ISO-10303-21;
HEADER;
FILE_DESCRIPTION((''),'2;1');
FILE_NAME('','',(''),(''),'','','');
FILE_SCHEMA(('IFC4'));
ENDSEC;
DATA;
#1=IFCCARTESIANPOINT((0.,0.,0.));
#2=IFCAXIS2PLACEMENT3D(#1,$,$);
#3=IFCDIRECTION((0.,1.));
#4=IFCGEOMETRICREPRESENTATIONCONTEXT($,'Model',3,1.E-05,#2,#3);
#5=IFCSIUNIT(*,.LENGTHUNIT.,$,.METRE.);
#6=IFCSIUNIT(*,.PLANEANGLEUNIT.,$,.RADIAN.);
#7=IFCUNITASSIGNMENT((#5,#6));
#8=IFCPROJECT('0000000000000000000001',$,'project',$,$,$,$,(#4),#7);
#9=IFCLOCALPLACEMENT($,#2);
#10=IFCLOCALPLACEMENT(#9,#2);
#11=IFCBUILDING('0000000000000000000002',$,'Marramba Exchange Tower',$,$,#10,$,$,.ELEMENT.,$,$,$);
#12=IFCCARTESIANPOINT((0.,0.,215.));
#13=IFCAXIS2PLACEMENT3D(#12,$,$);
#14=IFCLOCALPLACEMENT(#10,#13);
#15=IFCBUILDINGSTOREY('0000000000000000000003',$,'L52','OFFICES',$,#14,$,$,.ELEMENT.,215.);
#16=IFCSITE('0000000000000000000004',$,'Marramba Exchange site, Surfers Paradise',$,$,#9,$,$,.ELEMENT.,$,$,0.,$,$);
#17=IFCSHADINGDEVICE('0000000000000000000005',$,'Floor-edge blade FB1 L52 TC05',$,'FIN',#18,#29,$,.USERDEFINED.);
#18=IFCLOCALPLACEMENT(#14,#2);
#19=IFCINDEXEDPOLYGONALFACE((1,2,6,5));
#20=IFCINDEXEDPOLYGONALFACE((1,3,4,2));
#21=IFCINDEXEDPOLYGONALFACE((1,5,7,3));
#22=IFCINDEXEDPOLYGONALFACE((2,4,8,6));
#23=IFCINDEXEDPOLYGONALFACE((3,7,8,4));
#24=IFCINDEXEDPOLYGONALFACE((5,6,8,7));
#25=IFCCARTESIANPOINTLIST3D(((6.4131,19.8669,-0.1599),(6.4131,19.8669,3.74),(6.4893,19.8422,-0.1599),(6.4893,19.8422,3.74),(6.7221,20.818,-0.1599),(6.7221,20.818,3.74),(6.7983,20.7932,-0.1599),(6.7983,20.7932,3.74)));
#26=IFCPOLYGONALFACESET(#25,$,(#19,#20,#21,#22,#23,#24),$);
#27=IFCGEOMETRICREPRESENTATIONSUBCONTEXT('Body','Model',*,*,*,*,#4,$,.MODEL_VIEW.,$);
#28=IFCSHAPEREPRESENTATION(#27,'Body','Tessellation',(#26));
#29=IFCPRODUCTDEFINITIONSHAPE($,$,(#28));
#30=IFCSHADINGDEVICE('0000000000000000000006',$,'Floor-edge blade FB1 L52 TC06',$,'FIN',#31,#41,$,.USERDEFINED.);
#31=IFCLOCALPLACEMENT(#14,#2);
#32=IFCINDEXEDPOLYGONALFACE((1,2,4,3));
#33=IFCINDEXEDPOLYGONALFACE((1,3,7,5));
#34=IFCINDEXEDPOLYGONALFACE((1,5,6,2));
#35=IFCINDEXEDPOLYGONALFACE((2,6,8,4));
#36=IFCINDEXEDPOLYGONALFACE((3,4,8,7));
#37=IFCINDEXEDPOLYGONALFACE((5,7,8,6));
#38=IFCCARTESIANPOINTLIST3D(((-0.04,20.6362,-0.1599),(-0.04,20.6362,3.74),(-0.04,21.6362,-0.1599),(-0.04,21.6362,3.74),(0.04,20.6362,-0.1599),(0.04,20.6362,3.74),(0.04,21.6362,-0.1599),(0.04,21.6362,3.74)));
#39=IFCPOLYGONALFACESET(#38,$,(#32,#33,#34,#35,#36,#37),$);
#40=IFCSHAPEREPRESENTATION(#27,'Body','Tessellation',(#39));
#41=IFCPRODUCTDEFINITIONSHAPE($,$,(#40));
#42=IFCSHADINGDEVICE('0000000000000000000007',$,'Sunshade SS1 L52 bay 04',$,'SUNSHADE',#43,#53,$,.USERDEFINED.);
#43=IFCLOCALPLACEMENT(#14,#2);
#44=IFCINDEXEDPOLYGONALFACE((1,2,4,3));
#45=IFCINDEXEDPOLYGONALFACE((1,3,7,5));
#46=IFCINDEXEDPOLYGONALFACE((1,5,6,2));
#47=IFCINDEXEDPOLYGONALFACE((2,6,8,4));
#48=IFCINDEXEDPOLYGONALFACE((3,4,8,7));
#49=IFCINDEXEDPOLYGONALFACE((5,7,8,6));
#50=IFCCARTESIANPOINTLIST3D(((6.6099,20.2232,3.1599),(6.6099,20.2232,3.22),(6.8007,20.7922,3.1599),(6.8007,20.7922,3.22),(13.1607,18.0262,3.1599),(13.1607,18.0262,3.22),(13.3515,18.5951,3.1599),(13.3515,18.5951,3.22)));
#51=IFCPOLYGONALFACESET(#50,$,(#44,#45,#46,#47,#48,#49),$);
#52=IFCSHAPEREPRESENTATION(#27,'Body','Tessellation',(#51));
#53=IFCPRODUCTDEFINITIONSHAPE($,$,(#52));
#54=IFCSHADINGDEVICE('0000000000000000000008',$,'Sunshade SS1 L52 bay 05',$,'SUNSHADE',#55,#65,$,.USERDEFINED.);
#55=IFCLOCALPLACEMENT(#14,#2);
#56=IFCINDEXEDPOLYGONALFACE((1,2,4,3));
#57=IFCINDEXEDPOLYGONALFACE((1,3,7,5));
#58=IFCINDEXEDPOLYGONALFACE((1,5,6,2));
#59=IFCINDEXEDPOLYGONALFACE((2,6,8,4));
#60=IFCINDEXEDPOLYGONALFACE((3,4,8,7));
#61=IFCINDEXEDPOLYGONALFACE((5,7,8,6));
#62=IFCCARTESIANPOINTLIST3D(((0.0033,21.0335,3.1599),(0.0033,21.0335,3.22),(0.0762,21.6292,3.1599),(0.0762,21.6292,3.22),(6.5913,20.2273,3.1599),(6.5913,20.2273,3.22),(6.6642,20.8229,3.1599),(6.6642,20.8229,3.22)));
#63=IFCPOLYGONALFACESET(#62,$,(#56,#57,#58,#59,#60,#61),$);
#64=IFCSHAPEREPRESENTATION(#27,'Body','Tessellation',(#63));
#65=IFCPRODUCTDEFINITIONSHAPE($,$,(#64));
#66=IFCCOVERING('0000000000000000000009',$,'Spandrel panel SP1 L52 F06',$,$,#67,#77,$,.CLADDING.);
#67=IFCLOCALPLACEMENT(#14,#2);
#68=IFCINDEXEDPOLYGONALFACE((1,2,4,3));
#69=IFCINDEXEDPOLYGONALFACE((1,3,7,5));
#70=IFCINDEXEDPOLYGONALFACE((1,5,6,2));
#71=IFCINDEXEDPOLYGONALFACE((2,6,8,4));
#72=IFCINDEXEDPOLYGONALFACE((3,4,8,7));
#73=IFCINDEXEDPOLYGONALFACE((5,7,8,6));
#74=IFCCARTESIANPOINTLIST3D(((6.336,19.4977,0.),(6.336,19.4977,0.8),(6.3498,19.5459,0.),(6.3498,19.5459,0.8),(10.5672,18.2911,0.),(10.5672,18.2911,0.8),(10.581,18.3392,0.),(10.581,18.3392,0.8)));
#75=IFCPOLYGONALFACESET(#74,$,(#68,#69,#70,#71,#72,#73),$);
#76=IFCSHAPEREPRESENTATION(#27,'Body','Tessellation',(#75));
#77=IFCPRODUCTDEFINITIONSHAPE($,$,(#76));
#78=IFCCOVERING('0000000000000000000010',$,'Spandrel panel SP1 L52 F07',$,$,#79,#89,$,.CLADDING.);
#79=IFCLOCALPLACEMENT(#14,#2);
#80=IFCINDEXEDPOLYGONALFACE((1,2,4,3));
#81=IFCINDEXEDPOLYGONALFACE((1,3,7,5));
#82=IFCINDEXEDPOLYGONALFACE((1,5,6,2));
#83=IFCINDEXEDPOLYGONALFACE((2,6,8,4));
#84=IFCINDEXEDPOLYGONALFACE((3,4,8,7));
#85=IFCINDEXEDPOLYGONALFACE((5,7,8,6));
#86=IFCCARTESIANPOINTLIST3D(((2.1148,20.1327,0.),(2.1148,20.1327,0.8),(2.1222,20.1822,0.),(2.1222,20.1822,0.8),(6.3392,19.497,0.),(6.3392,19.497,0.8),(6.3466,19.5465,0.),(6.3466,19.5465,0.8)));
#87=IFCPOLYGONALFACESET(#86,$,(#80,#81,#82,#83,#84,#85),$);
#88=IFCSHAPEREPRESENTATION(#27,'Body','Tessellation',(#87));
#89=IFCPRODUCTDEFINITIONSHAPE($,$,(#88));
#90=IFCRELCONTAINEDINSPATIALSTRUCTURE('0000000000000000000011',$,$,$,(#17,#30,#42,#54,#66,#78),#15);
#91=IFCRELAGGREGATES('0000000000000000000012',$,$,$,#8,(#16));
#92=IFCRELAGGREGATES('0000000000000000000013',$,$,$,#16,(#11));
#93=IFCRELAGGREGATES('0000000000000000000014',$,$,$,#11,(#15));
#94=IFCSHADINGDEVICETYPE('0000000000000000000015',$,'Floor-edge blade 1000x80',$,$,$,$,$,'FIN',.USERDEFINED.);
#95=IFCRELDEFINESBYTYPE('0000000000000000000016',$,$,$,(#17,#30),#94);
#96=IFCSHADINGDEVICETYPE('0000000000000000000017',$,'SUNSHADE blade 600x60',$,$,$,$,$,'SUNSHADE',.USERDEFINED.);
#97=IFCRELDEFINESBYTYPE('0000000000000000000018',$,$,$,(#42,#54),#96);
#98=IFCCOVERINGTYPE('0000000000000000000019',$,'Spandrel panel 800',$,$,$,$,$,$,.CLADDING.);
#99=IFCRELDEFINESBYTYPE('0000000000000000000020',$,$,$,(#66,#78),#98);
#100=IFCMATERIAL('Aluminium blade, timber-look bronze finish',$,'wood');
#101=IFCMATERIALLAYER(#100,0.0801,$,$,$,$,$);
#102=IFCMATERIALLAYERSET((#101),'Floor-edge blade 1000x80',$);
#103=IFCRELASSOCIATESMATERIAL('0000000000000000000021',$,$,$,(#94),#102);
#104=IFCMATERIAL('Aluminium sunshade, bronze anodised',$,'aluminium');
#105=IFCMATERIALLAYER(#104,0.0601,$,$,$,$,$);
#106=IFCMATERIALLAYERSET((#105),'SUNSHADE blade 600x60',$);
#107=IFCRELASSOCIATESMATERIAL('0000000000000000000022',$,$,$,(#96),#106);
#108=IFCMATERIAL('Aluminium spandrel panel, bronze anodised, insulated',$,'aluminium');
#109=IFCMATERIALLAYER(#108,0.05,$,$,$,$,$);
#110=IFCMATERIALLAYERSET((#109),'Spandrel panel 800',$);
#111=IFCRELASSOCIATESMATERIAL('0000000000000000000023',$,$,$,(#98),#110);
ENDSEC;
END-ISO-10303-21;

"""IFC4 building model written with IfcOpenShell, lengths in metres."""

from ifc_helpers import new_model, si_unit, direction, frame, origin, origin_2d, place, context, subcontext, project, spatial, rectangle, extrude, material, layer, layer_set, type_object, element, save


model = new_model("IFC4")

# Units and contexts
model_context = context("Model", 3, precision=1e-05, world=origin(), true_north=direction((0.0, 1.0)))
body_context = subcontext(model_context, "Body", "Model", "MODEL_VIEW")
ifc_project = project(units=[si_unit("LENGTHUNIT", "METRE"), si_unit("PLANEANGLEUNIT", "RADIAN")], contexts=[model_context])

# Site, building, storey
site_placement = place(None, origin())
site = spatial("IfcSite", under=ifc_project, at=site_placement, Name="Marramba Exchange site, Surfers Paradise", CompositionType="ELEMENT", RefElevation=0.0)
building_placement = place(site_placement, origin())
building = spatial("IfcBuilding", under=site, at=building_placement, Name="Marramba Exchange Tower", CompositionType="ELEMENT")
storey_placement = place(building_placement, frame((0.0, 0.0, 215.0)))
storey = spatial("IfcBuildingStorey", under=building, at=storey_placement, Name="L52", Description="OFFICES", CompositionType="ELEMENT", Elevation=215.0)

# Shading devices
ifc_material_1 = material(Name="Aluminium blade, timber-look bronze finish", Category="wood")
ifc_layer_1 = layer(ifc_material_1, 0.0801)
ifc_layer_set_1 = layer_set([ifc_layer_1], Name="Floor-edge blade 1000x80")
shading_device_type_1 = type_object("IfcShadingDeviceType", Name="Floor-edge blade 1000x80", ElementType="FIN", PredefinedType="USERDEFINED", material=ifc_layer_set_1)
for number, where, z_axis, x_axis, name in (
    (1, (6.6057, 20.3301, -0.1599), (0.0, 0.0, 1.0), (0.309017, 0.951057, 0.0), "Floor-edge blade FB1 L52 TC05"),
    (2, (0.0, 21.1362, -0.1599), (0.0, 0.0, 1.0), (0.0, 1.0, 0.0), "Floor-edge blade FB1 L52 TC06"),
):
    element("IfcShadingDevice", number, at=place(storey_placement, frame(where, z_axis=z_axis, x_axis=x_axis)), inside=storey, type_object=shading_device_type_1, Name=name, ObjectType="FIN", PredefinedType="USERDEFINED", context=body_context, shape_type="SweptSolid", body=[
        extrude(rectangle(XDim=1.0, YDim=0.0801, at=origin_2d()), origin(), (0.0, 0.0, 1.0), 3.8999),
    ])
ifc_material_2 = material(Name="Aluminium sunshade, bronze anodised", Category="aluminium")
ifc_layer_2 = layer(ifc_material_2, 0.0601)
ifc_layer_set_2 = layer_set([ifc_layer_2], Name="SUNSHADE blade 600x60")
shading_device_type_2 = type_object("IfcShadingDeviceType", Name="SUNSHADE blade 600x60", ElementType="SUNSHADE", PredefinedType="USERDEFINED", material=ifc_layer_set_2)
shading_device_1_placement = place(storey_placement, frame((9.9807, 19.4092, 3.1599), z_axis=(0.0, 0.0, 1.0), x_axis=(-0.948096, 0.317983, 0.0)))
element("IfcShadingDevice", 3, at=shading_device_1_placement, inside=storey, type_object=shading_device_type_2, Name="Sunshade SS1 L52 bay 04", ObjectType="SUNSHADE", PredefinedType="USERDEFINED", context=body_context, shape_type="SweptSolid", body=[
    extrude(rectangle(XDim=6.9094, YDim=0.6001, at=origin_2d()), origin(), (0.0, 0.0, 1.0), 0.0601),
])
shading_device_2_placement = place(storey_placement, frame((3.3337, 20.9282, 3.1599), z_axis=(0.0, 0.0, 1.0), x_axis=(-0.992595, 0.121469, 0.0)))
element("IfcShadingDevice", 4, at=shading_device_2_placement, inside=storey, type_object=shading_device_type_2, Name="Sunshade SS1 L52 bay 05", ObjectType="SUNSHADE", PredefinedType="USERDEFINED", context=body_context, shape_type="SweptSolid", body=[
    extrude(rectangle(XDim=6.6372, YDim=0.6001, at=origin_2d()), origin(), (0.0, 0.0, 1.0), 0.0601),
])

# Coverings
ifc_material_3 = material(Name="Aluminium spandrel panel, bronze anodised, insulated", Category="aluminium")
ifc_layer_3 = layer(ifc_material_3, 0.05)
ifc_layer_set_3 = layer_set([ifc_layer_3], Name="Spandrel panel 800")
covering_type = type_object("IfcCoveringType", Name="Spandrel panel 800", PredefinedType="CLADDING", material=ifc_layer_set_3)
covering_1_placement = place(storey_placement, frame((8.4585, 18.9185, 0.0), z_axis=(0.0, 0.0, 1.0), x_axis=(-0.961659, 0.274248, 0.0)))
element("IfcCovering", 5, at=covering_1_placement, inside=storey, type_object=covering_type, Name="Spandrel panel SP1 L52 F06", PredefinedType="CLADDING", context=body_context, shape_type="SweptSolid", body=[
    extrude(rectangle(XDim=4.3999, YDim=0.05, at=origin_2d()), origin(), (0.0, 0.0, 1.0), 0.8),
])
covering_2_placement = place(storey_placement, frame((4.2307, 19.8396, 0.0), z_axis=(0.0, 0.0, 1.0), x_axis=(-0.988868, 0.148795, 0.0)))
element("IfcCovering", 6, at=covering_2_placement, inside=storey, type_object=covering_type, Name="Spandrel panel SP1 L52 F07", PredefinedType="CLADDING", context=body_context, shape_type="SweptSolid", body=[
    extrude(rectangle(XDim=4.272, YDim=0.05, at=origin_2d()), origin(), (0.0, 0.0, 1.0), 0.8),
])

save(model, "model.ifc")
